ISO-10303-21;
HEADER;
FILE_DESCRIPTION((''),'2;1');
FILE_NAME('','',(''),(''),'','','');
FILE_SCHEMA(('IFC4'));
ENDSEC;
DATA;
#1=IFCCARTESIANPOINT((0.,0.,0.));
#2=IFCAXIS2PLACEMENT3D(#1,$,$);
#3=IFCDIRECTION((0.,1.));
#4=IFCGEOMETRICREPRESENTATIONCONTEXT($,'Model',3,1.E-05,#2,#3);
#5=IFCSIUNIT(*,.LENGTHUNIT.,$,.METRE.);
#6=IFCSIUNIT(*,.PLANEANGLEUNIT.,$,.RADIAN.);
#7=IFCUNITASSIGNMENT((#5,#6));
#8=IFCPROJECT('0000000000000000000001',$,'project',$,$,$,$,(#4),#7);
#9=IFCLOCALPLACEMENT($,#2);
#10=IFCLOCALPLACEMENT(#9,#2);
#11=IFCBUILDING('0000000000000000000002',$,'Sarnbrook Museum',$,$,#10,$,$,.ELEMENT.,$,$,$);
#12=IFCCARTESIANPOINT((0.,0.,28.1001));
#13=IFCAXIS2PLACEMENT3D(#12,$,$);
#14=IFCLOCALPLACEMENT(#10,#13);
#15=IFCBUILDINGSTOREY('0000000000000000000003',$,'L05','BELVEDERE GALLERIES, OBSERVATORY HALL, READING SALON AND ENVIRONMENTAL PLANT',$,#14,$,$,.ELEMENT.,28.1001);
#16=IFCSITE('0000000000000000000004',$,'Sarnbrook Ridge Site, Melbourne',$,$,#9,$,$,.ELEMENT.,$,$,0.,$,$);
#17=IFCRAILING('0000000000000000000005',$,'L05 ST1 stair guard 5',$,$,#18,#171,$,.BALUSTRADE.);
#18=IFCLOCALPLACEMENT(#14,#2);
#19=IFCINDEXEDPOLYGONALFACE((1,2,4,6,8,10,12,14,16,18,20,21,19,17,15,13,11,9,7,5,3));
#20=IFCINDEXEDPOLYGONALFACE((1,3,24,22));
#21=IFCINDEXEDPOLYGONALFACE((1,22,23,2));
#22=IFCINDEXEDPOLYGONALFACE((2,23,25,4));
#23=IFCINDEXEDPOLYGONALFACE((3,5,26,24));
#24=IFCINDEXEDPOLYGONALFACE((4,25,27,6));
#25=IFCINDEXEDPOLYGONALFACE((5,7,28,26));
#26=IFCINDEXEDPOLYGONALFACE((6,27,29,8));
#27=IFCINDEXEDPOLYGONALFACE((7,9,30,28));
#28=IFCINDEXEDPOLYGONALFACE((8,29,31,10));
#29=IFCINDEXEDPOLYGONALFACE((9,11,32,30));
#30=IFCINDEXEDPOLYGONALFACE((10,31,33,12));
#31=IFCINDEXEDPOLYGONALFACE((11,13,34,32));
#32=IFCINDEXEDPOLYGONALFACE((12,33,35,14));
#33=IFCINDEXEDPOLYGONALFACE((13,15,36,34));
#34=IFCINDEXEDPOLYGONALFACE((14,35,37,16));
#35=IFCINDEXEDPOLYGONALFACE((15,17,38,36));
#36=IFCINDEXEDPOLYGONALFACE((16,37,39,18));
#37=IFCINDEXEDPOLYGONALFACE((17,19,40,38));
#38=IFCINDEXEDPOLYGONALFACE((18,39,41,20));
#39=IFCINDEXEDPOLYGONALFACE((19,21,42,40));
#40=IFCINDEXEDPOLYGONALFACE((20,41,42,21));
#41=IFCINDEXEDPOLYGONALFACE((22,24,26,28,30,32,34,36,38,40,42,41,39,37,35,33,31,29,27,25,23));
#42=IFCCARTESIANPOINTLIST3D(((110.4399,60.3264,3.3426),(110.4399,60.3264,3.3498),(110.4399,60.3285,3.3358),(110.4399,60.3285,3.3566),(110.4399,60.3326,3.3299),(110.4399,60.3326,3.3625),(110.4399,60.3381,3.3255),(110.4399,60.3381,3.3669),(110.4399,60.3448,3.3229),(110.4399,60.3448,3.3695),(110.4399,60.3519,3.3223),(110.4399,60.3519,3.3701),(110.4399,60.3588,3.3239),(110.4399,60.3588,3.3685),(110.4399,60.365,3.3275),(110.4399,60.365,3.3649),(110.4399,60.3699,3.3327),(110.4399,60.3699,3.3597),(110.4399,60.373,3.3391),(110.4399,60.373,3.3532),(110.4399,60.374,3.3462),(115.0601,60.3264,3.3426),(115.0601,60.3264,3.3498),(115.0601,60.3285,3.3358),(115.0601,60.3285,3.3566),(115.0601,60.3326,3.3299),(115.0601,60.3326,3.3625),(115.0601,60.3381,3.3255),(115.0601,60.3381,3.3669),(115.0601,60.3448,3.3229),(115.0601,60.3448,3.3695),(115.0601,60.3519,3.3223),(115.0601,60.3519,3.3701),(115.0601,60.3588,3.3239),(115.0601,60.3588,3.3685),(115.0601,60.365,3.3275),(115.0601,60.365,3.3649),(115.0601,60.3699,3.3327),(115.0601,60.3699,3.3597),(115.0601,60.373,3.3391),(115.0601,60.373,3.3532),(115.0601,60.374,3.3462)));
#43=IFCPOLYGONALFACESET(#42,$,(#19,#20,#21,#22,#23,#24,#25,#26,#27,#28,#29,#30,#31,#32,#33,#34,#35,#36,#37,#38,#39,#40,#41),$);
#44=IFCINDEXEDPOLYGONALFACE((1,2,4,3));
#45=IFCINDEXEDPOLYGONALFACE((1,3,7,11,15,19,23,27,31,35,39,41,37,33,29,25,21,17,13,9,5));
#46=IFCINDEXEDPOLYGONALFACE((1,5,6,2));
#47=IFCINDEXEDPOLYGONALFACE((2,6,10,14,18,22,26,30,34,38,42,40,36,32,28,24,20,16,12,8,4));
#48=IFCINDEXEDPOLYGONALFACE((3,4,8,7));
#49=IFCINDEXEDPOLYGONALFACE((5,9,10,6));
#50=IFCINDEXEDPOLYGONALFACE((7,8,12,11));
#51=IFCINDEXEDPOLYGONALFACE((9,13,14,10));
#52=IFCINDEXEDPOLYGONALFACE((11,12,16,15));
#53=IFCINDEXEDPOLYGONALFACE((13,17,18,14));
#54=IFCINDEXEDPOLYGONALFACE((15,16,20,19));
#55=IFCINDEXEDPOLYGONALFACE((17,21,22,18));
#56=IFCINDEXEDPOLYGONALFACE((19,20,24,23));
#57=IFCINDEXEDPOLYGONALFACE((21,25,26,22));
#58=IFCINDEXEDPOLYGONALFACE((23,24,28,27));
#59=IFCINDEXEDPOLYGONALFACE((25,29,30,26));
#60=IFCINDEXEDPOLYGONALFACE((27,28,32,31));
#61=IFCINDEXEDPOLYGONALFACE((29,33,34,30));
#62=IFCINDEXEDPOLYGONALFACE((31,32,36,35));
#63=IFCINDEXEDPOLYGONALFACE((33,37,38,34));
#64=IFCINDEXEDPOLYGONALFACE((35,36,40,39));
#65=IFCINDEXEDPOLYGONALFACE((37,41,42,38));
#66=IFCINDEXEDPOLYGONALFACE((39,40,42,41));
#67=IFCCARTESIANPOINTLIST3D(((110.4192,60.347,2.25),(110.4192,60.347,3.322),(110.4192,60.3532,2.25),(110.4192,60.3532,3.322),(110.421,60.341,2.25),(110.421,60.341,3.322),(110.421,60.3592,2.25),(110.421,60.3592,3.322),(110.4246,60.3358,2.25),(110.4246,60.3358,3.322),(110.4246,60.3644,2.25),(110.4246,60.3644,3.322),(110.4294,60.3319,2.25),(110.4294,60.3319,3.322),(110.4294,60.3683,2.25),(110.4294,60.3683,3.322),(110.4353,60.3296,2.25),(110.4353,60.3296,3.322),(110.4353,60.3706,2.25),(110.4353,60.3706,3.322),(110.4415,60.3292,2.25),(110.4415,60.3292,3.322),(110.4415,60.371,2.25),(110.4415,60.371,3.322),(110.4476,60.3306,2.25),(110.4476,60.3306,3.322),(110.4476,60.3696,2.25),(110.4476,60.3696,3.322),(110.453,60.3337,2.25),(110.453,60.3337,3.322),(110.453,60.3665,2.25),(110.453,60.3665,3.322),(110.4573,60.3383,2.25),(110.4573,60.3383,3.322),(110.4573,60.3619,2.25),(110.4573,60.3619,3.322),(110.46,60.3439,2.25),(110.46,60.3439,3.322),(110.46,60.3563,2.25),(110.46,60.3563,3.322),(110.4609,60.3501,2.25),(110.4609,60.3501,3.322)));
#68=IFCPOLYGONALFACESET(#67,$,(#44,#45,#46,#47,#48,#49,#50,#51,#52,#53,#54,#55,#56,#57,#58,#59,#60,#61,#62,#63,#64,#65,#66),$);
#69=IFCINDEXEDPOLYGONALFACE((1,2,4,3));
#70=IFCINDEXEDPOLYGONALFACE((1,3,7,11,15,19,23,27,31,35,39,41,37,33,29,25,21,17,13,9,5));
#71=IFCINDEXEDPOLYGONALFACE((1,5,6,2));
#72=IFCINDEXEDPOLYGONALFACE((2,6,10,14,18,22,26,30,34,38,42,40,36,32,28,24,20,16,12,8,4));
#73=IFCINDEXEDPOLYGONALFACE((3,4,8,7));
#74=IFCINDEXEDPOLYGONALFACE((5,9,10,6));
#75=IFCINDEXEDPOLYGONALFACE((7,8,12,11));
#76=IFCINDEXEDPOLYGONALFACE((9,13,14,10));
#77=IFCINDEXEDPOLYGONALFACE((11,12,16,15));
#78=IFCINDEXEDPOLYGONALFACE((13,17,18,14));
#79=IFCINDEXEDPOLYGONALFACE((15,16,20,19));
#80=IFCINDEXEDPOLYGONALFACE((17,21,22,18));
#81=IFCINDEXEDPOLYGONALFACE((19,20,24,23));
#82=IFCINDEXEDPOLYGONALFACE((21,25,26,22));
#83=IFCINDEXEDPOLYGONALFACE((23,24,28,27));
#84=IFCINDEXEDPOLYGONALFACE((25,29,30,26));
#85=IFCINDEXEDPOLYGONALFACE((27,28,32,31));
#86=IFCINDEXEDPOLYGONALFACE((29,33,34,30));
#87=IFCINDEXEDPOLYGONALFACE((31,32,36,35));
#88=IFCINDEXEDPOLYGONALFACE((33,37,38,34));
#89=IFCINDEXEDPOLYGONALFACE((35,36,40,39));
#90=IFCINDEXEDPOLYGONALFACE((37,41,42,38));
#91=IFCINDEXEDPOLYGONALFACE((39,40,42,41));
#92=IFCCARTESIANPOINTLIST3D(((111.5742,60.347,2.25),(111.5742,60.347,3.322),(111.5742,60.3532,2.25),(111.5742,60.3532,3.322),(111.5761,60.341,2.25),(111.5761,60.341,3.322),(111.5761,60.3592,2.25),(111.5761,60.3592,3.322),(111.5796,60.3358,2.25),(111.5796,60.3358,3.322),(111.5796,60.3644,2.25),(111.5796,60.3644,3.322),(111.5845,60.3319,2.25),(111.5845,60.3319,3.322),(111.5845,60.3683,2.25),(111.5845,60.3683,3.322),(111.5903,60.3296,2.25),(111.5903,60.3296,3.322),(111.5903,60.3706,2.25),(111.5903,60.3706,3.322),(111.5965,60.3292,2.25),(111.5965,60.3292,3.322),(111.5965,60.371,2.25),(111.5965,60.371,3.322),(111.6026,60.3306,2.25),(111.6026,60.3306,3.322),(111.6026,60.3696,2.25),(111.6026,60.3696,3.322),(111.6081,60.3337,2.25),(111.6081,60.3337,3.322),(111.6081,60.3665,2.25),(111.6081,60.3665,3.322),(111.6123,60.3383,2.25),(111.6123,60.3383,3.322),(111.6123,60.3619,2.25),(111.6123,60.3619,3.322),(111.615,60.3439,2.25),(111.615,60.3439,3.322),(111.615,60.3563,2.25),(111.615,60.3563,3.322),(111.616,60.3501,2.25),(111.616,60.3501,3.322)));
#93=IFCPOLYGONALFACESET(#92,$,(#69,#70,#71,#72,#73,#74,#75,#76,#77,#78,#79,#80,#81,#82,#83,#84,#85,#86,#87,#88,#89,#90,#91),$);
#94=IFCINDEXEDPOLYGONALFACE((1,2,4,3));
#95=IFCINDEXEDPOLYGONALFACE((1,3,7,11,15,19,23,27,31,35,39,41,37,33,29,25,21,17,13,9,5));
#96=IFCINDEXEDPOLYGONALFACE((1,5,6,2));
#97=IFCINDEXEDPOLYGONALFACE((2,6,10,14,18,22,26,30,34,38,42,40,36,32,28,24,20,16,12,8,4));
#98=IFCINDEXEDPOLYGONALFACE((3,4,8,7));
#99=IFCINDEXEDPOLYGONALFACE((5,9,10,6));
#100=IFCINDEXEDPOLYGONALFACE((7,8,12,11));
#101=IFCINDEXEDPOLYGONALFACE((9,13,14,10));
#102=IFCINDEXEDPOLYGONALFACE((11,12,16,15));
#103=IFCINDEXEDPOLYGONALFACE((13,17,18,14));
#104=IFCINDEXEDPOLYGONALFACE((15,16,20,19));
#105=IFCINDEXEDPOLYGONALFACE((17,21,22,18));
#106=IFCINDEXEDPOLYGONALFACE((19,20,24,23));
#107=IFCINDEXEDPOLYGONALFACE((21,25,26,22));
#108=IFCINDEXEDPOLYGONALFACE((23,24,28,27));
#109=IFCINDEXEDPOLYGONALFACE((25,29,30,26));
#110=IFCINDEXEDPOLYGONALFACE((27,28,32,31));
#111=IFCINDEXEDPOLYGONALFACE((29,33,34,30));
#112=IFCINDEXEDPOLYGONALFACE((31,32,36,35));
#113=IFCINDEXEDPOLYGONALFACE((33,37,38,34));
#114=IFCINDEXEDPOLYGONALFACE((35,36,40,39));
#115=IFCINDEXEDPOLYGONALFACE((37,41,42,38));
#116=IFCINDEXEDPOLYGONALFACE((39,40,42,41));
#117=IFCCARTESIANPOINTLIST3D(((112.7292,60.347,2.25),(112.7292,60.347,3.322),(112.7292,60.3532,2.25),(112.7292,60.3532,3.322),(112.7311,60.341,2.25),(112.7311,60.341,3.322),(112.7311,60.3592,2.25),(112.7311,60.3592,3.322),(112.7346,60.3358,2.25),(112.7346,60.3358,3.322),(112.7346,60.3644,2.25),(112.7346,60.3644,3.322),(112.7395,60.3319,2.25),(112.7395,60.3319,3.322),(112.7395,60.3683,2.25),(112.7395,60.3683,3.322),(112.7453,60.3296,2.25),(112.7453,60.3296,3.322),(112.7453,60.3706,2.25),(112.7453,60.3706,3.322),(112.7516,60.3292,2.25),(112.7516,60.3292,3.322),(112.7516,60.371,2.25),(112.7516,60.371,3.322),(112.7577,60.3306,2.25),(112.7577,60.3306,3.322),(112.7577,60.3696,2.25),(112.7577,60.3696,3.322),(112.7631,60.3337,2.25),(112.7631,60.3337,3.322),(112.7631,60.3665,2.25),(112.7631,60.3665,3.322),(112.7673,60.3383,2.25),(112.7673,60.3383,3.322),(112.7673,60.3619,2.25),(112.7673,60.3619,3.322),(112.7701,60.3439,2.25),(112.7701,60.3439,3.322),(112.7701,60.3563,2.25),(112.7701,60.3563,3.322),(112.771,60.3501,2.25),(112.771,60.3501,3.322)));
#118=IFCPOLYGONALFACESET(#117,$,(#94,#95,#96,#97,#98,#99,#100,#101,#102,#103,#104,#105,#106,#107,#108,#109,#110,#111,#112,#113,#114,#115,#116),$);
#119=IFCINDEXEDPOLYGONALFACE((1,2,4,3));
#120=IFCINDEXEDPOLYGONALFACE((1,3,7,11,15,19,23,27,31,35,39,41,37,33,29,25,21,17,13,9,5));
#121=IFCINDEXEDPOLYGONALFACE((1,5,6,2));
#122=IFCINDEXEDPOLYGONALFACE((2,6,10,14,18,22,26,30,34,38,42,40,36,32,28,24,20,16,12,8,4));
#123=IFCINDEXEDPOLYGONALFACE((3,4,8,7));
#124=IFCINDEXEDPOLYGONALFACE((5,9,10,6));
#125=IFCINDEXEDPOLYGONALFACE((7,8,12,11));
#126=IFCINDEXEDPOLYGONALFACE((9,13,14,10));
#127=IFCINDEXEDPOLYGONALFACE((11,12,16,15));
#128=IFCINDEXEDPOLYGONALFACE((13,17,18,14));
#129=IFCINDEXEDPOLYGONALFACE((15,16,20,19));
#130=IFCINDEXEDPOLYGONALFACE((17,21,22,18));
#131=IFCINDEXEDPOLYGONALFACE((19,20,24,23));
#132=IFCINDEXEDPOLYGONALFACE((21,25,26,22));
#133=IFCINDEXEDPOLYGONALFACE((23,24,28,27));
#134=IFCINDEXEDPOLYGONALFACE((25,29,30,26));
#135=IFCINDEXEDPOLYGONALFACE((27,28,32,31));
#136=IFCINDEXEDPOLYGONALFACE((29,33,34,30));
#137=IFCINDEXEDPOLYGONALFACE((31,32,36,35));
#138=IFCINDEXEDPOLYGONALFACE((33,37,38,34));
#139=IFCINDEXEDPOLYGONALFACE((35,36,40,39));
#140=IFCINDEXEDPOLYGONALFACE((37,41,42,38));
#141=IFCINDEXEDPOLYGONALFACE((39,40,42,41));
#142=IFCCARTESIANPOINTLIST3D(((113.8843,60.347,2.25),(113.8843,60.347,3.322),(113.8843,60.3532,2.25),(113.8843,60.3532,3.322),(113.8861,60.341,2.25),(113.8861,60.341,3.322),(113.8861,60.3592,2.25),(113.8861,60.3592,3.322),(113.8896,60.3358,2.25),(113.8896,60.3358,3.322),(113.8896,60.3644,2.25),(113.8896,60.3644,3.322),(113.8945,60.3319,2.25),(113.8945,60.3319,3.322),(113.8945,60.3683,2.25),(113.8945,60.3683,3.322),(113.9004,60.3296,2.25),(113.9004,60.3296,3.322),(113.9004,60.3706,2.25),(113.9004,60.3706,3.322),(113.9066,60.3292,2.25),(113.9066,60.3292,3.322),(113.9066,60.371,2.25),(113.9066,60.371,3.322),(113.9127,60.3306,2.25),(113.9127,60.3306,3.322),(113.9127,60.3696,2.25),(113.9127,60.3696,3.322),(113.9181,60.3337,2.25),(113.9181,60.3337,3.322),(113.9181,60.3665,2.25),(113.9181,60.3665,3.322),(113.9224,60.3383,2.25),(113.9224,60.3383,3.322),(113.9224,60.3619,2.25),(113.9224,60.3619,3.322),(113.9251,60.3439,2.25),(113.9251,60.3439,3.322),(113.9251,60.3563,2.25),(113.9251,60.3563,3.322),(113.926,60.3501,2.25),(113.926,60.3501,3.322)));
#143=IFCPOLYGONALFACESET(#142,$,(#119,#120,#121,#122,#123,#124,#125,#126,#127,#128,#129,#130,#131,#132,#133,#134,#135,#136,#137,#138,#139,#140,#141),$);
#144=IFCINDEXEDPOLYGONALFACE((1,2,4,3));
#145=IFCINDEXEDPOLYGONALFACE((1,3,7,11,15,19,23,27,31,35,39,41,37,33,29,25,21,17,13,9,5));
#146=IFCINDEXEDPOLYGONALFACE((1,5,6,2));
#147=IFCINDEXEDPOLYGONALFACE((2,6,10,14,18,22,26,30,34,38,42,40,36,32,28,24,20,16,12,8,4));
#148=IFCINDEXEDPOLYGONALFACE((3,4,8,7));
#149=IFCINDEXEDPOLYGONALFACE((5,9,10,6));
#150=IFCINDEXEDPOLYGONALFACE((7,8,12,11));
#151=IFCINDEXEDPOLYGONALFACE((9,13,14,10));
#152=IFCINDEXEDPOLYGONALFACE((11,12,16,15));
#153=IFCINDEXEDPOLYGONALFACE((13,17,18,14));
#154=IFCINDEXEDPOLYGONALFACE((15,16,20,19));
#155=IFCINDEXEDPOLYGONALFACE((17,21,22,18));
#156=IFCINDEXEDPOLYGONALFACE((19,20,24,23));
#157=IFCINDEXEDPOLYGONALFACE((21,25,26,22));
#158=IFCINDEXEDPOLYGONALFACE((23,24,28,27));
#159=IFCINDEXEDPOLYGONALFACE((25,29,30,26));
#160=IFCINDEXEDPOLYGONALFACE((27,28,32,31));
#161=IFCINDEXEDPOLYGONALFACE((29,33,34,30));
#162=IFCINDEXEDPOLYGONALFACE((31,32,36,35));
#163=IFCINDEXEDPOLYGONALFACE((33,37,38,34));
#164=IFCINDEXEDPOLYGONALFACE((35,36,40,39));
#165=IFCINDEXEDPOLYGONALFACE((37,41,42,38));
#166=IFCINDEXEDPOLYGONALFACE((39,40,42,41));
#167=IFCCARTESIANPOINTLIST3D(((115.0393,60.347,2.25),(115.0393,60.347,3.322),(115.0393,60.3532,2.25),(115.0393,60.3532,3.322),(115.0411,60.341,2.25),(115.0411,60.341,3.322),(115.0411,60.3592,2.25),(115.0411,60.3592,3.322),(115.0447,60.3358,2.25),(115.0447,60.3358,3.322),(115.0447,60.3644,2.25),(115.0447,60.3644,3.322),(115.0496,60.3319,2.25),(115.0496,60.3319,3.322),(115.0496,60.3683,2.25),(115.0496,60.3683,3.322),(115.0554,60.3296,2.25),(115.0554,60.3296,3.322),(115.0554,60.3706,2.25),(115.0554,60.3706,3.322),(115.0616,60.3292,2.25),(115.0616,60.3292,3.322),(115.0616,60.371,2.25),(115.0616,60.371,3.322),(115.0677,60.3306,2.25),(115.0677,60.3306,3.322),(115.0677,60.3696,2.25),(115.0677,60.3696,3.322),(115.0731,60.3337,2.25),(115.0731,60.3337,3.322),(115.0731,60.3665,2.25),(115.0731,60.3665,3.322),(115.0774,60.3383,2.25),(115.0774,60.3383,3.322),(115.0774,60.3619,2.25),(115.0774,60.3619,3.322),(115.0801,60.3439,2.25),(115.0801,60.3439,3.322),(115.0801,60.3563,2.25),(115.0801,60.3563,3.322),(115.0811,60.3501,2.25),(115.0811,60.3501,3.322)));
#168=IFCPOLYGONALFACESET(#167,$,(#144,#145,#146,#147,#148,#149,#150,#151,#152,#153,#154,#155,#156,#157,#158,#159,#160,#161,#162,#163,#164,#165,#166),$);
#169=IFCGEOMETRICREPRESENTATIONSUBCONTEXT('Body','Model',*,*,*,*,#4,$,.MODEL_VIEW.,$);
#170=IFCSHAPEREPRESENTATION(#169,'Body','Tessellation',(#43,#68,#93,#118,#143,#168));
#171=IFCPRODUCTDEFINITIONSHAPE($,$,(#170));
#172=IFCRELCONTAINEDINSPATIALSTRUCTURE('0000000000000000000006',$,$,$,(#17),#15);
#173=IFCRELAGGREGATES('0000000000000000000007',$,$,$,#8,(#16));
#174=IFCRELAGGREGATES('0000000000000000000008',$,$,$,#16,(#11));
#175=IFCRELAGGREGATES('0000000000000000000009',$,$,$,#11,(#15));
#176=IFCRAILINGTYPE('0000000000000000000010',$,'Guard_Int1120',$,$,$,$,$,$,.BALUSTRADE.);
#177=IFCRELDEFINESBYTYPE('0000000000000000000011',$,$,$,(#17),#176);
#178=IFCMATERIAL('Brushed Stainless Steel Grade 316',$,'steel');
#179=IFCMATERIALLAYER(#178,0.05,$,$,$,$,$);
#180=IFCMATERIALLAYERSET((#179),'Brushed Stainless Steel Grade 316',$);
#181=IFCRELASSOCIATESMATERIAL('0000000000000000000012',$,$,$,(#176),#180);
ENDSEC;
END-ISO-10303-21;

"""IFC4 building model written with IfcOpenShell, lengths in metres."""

from ifc_helpers import new_model, si_unit, direction, frame, origin, origin_2d, place, context, subcontext, project, spatial, circle, extrude, material, layer, layer_set, type_object, element, save


model = new_model("IFC4")

# Units and contexts
model_context = context("Model", 3, precision=1e-05, world=origin(), true_north=direction((0.0, 1.0)))
body_context = subcontext(model_context, "Body", "Model", "MODEL_VIEW")
ifc_project = project(units=[si_unit("LENGTHUNIT", "METRE"), si_unit("PLANEANGLEUNIT", "RADIAN")], contexts=[model_context])

# Site, building, storey
site_placement = place(None, origin())
site = spatial("IfcSite", under=ifc_project, at=site_placement, Name="Sarnbrook Ridge Site, Melbourne", CompositionType="ELEMENT", RefElevation=0.0)
building_placement = place(site_placement, origin())
building = spatial("IfcBuilding", under=site, at=building_placement, Name="Sarnbrook Museum", CompositionType="ELEMENT")
storey_placement = place(building_placement, frame((0.0, 0.0, 28.1001)))
storey = spatial("IfcBuildingStorey", under=building, at=storey_placement, Name="L05", Description="BELVEDERE GALLERIES, OBSERVATORY HALL, READING SALON AND ENVIRONMENTAL PLANT", CompositionType="ELEMENT", Elevation=28.1001)

# Shared definitions
ifc_material_1 = material(Name="Brushed Stainless Steel Grade 316", Category="steel")

# Railing
ifc_layer_1 = layer(ifc_material_1, 0.05)
ifc_layer_set_1 = layer_set([ifc_layer_1], Name="Brushed Stainless Steel Grade 316")
railing_type_1 = type_object("IfcRailingType", Name="Guard_Int1120", PredefinedType="BALUSTRADE", material=ifc_layer_set_1)
railing_1_placement = place(storey_placement, frame((110.4399, 60.3501, 2.25)))
element("IfcRailing", 1, at=railing_1_placement, inside=storey, type_object=railing_type_1, Name="L05 ST1 stair guard 5", PredefinedType="BALUSTRADE", context=body_context, shape_type="SweptSolid", body=[
    extrude(circle(Radius=0.0239, at=origin_2d()), frame((0.0, 0.0, 1.0962), z_axis=(1.0, 0.0, 0.0), x_axis=(0.0, 1.0, 0.0)), (0.0, 0.0, 1.0), 4.6201),
    extrude(circle(Radius=0.021, at=origin_2d()), origin(), (0.0, 0.0, 1.0), 1.072),
    extrude(circle(Radius=0.021, at=origin_2d()), frame((1.155, 0.0, 0.0)), (0.0, 0.0, 1.0), 1.072),
    extrude(circle(Radius=0.021, at=origin_2d()), frame((2.3101, 0.0, 0.0)), (0.0, 0.0, 1.0), 1.072),
    extrude(circle(Radius=0.021, at=origin_2d()), frame((3.4651, 0.0, 0.0)), (0.0, 0.0, 1.0), 1.072),
    extrude(circle(Radius=0.021, at=origin_2d()), frame((4.6201, 0.0, 0.0)), (0.0, 0.0, 1.0), 1.072),
])

save(model, "model.ifc")
